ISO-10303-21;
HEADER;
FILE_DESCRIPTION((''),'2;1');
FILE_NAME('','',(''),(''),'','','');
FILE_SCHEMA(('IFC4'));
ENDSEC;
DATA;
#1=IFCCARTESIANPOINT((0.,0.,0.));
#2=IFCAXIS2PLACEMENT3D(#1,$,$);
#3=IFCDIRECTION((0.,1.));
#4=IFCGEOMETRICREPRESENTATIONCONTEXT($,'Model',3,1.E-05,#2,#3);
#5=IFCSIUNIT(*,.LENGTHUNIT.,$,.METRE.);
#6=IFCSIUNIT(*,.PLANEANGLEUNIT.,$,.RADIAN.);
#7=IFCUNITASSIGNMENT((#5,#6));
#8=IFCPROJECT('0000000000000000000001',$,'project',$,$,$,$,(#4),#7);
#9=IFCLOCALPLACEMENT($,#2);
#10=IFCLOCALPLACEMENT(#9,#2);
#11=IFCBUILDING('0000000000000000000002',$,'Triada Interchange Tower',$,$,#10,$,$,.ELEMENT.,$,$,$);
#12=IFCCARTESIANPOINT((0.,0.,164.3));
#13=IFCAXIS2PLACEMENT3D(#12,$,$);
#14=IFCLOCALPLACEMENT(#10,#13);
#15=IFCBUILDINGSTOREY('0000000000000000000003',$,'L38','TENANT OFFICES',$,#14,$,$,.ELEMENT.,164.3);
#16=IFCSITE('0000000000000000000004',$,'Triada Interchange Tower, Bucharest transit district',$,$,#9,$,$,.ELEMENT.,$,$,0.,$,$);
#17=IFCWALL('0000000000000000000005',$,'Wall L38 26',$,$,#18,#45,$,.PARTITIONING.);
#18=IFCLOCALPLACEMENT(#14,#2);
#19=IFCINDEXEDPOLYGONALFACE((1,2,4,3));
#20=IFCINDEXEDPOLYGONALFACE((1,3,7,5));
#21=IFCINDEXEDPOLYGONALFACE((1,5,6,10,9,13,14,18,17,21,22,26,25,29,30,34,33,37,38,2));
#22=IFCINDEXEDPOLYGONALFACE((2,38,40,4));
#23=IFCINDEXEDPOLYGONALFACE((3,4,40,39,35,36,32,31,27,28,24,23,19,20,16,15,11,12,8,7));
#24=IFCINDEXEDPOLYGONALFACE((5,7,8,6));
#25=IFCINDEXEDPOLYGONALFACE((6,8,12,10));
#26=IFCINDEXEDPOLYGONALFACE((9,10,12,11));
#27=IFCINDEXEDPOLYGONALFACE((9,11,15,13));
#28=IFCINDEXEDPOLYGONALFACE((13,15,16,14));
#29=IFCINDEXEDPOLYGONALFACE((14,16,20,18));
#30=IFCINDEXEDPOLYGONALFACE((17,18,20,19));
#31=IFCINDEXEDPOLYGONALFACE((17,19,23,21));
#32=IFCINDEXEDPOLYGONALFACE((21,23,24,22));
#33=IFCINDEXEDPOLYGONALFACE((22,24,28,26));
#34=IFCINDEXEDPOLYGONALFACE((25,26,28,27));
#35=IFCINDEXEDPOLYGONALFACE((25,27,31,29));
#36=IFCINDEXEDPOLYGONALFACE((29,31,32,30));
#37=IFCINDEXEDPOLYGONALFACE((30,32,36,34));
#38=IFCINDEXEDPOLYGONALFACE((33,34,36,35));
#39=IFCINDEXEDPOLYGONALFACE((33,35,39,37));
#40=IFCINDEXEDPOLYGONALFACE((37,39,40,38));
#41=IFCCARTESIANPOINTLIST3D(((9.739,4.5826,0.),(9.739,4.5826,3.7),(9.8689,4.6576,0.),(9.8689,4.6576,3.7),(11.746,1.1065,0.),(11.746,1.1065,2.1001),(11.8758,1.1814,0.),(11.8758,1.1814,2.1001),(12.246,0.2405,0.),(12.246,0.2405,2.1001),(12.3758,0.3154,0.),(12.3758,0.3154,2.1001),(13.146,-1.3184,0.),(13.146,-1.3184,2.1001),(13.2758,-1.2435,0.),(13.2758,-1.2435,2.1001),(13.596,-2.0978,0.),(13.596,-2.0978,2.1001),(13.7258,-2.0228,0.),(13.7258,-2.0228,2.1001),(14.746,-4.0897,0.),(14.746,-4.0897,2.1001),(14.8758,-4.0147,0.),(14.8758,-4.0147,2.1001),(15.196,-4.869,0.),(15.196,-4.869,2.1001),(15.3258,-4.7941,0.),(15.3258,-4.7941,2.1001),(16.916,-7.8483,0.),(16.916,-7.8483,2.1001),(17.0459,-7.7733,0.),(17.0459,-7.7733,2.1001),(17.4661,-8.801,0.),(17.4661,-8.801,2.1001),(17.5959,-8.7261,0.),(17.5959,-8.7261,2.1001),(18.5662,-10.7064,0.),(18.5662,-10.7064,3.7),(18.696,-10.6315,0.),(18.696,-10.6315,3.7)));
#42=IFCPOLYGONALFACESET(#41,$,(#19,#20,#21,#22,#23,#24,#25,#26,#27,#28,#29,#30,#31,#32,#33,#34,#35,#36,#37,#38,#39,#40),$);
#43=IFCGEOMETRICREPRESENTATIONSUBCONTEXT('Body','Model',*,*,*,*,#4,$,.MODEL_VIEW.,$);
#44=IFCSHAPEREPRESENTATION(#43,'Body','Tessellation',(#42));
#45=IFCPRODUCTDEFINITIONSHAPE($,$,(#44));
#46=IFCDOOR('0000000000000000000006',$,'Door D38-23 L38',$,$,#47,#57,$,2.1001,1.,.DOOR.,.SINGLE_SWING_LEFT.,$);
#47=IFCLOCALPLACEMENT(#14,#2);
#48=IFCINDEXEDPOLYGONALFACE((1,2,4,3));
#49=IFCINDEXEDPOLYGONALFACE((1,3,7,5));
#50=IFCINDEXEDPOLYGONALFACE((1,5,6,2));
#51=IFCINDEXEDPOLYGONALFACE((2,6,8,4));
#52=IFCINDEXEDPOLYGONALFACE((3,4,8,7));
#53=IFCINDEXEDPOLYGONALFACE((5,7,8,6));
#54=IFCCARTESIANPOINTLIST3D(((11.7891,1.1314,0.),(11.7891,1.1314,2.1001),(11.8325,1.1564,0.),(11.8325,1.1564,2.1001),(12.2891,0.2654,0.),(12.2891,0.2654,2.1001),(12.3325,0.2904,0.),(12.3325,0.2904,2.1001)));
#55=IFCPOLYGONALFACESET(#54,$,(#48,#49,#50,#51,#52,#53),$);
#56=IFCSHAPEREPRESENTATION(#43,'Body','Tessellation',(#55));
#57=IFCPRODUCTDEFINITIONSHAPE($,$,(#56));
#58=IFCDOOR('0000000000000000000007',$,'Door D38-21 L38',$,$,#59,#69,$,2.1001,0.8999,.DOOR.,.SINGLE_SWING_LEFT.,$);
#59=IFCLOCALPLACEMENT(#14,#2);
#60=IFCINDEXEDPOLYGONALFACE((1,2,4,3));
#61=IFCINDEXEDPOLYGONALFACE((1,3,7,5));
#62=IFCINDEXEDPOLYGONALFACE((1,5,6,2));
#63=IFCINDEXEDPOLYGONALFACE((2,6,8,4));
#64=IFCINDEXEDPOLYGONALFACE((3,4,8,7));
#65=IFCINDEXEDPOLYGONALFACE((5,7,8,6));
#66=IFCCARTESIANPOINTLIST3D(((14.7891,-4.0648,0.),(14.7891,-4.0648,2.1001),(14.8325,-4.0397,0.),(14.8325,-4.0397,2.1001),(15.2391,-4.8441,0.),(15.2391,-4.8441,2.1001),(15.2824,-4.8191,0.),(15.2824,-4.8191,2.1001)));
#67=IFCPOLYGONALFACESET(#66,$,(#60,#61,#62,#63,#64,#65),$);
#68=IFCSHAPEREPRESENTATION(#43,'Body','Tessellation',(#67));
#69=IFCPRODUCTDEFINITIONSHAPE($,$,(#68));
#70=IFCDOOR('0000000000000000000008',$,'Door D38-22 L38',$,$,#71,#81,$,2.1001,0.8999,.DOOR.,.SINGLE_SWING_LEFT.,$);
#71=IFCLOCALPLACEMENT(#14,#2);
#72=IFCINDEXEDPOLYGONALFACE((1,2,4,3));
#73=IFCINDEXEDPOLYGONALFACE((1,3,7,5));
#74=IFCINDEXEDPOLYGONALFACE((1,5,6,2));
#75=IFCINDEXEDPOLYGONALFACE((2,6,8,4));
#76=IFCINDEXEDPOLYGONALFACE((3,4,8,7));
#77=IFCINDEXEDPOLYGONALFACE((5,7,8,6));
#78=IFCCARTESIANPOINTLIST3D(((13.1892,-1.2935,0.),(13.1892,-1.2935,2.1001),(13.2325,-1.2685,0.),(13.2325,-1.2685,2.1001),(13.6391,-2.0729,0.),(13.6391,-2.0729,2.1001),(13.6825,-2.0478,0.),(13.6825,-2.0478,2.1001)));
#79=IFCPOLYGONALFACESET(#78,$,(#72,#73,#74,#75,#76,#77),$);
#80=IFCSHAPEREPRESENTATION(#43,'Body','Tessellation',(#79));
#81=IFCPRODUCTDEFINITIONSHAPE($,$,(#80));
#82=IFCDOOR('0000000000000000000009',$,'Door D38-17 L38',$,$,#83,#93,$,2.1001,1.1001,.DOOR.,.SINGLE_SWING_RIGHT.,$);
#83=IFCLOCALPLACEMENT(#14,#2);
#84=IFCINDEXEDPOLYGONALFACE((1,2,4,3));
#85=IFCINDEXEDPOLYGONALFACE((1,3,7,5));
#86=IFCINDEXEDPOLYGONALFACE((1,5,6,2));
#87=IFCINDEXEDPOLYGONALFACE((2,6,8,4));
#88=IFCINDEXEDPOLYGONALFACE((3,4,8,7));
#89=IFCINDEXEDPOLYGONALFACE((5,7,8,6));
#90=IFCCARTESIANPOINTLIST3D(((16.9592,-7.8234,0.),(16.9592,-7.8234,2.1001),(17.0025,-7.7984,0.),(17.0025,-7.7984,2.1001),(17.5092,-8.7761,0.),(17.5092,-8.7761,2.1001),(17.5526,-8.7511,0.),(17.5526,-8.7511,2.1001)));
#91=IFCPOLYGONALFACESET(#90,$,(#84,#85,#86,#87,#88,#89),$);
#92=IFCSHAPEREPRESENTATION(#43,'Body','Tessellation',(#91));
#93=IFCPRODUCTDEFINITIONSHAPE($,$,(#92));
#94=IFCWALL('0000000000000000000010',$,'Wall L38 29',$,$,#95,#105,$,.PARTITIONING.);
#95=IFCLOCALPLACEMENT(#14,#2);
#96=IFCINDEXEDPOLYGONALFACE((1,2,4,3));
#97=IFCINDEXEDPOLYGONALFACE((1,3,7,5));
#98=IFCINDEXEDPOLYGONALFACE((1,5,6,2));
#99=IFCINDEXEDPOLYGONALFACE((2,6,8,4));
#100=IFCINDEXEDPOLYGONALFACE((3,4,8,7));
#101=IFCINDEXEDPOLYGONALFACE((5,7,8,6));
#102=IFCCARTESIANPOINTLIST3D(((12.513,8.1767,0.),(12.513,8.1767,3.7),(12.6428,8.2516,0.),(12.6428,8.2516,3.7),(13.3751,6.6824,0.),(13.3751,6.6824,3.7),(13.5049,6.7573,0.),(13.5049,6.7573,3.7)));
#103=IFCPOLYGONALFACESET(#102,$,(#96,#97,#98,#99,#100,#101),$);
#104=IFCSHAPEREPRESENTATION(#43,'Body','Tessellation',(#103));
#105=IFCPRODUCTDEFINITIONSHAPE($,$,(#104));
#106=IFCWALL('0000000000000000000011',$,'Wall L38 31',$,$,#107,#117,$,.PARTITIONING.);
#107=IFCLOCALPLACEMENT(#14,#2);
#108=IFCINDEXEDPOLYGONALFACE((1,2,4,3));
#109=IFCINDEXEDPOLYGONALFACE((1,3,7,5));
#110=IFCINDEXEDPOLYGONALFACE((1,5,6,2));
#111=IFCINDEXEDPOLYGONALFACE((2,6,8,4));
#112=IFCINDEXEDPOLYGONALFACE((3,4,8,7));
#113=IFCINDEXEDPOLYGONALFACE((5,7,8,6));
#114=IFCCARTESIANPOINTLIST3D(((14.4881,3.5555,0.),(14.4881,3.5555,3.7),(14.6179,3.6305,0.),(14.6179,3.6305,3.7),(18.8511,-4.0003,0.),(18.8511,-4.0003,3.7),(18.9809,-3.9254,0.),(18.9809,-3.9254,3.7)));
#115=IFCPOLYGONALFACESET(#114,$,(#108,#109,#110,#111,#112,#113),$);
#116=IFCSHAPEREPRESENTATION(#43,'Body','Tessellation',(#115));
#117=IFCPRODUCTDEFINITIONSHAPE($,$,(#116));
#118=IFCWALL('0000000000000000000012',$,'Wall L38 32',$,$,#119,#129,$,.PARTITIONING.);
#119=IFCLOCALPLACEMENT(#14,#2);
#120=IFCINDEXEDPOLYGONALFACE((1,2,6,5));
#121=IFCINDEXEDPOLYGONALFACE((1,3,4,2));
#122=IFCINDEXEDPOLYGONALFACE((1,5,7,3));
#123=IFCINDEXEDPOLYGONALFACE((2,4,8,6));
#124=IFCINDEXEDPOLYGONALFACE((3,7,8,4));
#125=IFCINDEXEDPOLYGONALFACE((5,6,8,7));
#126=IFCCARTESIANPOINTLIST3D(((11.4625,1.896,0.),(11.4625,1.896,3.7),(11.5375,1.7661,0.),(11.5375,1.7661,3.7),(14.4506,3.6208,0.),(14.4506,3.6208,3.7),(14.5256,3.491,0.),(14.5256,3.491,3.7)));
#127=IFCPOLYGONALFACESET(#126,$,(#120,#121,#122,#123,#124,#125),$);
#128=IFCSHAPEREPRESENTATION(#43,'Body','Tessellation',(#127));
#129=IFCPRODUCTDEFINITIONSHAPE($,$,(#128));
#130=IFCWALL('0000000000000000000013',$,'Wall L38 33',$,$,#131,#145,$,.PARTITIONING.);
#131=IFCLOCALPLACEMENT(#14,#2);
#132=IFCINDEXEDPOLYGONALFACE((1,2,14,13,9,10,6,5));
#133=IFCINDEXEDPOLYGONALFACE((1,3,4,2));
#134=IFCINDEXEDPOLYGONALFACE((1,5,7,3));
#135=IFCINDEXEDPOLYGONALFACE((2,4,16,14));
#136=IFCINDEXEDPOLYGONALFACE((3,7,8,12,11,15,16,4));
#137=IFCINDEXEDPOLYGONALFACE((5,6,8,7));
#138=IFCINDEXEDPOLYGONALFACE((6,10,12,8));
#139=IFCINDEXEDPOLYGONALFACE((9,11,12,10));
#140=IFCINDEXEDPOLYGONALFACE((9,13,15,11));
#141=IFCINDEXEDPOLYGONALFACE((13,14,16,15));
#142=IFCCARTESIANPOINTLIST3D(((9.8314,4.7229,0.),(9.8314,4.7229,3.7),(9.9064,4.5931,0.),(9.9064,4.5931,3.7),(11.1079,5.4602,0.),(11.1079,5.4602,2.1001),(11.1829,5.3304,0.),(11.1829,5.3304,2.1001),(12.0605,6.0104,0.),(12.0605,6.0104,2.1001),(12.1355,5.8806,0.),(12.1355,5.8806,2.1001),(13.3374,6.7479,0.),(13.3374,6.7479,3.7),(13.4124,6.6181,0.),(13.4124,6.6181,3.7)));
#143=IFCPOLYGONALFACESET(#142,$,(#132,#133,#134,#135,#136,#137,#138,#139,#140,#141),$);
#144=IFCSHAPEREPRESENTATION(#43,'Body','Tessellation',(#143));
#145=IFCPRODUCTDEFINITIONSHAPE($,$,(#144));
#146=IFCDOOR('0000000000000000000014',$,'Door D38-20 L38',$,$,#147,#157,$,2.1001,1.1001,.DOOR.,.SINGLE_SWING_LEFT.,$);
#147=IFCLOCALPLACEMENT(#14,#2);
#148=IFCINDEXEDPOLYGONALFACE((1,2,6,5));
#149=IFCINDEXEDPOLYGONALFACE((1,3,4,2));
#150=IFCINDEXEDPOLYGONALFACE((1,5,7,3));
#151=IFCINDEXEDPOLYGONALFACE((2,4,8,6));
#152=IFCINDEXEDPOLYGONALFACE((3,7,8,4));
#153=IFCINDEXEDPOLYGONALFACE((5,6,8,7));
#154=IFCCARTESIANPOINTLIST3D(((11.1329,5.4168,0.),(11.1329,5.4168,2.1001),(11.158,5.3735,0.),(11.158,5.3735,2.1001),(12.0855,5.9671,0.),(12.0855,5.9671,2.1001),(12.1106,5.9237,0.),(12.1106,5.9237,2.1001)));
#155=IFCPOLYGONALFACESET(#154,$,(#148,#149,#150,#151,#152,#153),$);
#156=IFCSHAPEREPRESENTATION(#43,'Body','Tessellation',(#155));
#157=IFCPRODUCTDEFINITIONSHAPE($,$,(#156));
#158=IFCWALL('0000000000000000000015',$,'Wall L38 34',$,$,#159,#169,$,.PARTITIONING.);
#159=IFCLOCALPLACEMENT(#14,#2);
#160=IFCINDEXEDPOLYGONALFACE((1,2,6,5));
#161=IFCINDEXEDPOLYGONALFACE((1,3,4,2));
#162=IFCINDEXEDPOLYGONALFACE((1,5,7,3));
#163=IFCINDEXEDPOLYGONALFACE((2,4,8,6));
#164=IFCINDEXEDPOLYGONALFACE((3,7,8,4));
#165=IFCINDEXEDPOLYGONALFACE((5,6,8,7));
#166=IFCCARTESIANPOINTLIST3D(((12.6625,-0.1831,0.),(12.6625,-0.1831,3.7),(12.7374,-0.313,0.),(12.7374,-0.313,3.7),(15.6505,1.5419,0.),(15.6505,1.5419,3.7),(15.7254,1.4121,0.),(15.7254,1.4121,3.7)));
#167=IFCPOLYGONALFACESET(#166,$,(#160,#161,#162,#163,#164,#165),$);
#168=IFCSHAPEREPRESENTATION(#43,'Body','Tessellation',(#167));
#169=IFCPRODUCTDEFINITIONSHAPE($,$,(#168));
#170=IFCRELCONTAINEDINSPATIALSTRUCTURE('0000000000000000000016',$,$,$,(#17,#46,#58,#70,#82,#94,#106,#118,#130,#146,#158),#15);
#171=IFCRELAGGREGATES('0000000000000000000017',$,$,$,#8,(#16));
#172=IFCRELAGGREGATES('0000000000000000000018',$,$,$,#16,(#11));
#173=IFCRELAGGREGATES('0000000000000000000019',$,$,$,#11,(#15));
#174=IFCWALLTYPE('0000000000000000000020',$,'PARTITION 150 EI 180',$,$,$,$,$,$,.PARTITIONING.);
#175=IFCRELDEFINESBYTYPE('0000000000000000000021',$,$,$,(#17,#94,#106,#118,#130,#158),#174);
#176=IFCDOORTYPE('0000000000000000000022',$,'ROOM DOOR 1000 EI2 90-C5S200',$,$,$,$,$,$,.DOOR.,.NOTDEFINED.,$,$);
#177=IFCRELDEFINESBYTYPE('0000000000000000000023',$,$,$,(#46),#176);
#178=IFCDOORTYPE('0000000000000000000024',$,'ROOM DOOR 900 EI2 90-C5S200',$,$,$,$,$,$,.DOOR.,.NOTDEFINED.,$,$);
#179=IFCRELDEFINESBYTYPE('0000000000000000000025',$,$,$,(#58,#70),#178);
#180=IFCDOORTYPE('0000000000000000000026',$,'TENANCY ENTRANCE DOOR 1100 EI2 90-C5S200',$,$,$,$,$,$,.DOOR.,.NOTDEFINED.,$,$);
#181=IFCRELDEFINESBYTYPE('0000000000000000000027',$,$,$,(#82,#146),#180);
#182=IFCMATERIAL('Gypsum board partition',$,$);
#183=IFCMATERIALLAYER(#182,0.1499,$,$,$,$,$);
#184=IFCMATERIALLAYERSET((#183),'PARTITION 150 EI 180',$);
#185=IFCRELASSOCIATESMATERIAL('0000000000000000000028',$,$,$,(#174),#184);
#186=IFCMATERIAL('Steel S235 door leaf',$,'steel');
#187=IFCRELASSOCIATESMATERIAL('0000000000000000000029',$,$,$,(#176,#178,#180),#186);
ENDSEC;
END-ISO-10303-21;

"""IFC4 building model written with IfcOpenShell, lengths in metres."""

from ifc_helpers import new_model, si_unit, direction, frame, frame_2d, origin, place, context, subcontext, project, spatial, rectangle, extrude, material, layer, layer_set, type_object, element, fill, save


model = new_model("IFC4")

# Units and contexts
model_context = context("Model", 3, precision=1e-05, world=origin(), true_north=direction((0.0, 1.0)))
body_context = subcontext(model_context, "Body", "Model", "MODEL_VIEW")
ifc_project = project(units=[si_unit("LENGTHUNIT", "METRE"), si_unit("PLANEANGLEUNIT", "RADIAN")], contexts=[model_context])

# Site, building, storey
site_placement = place(None, origin())
site = spatial("IfcSite", under=ifc_project, at=site_placement, Name="Triada Interchange Tower, Bucharest transit district", CompositionType="ELEMENT", RefElevation=0.0)
building_placement = place(site_placement, origin())
building = spatial("IfcBuilding", under=site, at=building_placement, Name="Triada Interchange Tower", CompositionType="ELEMENT")
storey_placement = place(building_placement, frame((0.0, 0.0, 164.3)))
storey = spatial("IfcBuildingStorey", under=building, at=storey_placement, Name="L38", Description="TENANT OFFICES", CompositionType="ELEMENT", Elevation=164.3)

# Shared definitions
ifc_material_1 = material(Name="Gypsum board partition")
ifc_layer_1 = layer(ifc_material_1, 0.1499)
ifc_layer_set_1 = layer_set([ifc_layer_1], Name="PARTITION 150 EI 180")
wall_type = type_object("IfcWallType", Name="PARTITION 150 EI 180", PredefinedType="PARTITIONING", material=ifc_layer_set_1)

# Wall, openings, doors
wall_1_placement = place(storey_placement, frame((9.804, 4.6201, 0.0), z_axis=(0.0, 0.0, 1.0), x_axis=(0.5, -0.866025, 0.0)))
wall_1 = element("IfcWall", 1, at=wall_1_placement, inside=storey, type_object=wall_type, Name="Wall L38 26", PredefinedType="PARTITIONING", context=body_context, shape_type="SweptSolid", body=[
    extrude(rectangle(XDim=17.6543, YDim=0.1499, at=frame_2d((8.8271, 0.0))), origin(), (0.0, 0.0, 1.0), 3.7),
])
opening_1_placement = place(wall_1_placement, frame((14.354, 0.0, 0.0)))
opening_1 = element("IfcOpeningElement", 2, at=opening_1_placement, cuts=wall_1, PredefinedType="OPENING", context=body_context, shape_type="SweptSolid", body=[
    extrude(rectangle(XDim=1.1001, YDim=2.1001, at=frame_2d((0.55, 1.05))), frame((0.0, 0.085, 0.0), z_axis=(0.0, -1.0, 0.0), x_axis=(1.0, 0.0, 0.0)), (0.0, 0.0, 1.0), 0.1699),
])
opening_2_placement = place(wall_1_placement, frame((10.0139, 0.0, 0.0)))
opening_2 = element("IfcOpeningElement", 3, at=opening_2_placement, cuts=wall_1, PredefinedType="OPENING", context=body_context, shape_type="SweptSolid", body=[
    extrude(rectangle(XDim=0.8999, YDim=2.1001, at=frame_2d((0.45, 1.05))), frame((0.0, 0.085, 0.0), z_axis=(0.0, -1.0, 0.0), x_axis=(1.0, 0.0, 0.0)), (0.0, 0.0, 1.0), 0.1699),
])
opening_3_placement = place(wall_1_placement, frame((6.814, 0.0, 0.0)))
opening_3 = element("IfcOpeningElement", 4, at=opening_3_placement, cuts=wall_1, PredefinedType="OPENING", context=body_context, shape_type="SweptSolid", body=[
    extrude(rectangle(XDim=0.8999, YDim=2.1001, at=frame_2d((0.45, 1.05))), frame((0.0, 0.085, 0.0), z_axis=(0.0, -1.0, 0.0), x_axis=(1.0, 0.0, 0.0)), (0.0, 0.0, 1.0), 0.1699),
])
opening_4_placement = place(wall_1_placement, frame((4.0139, 0.0, 0.0)))
opening_4 = element("IfcOpeningElement", 5, at=opening_4_placement, cuts=wall_1, PredefinedType="OPENING", context=body_context, shape_type="SweptSolid", body=[
    extrude(rectangle(XDim=1.0, YDim=2.1001, at=frame_2d((0.5, 1.05))), frame((0.0, 0.085, 0.0), z_axis=(0.0, -1.0, 0.0), x_axis=(1.0, 0.0, 0.0)), (0.0, 0.0, 1.0), 0.1699),
])
ifc_material_2 = material(Name="Steel S235 door leaf", Category="steel")
door_type_1 = type_object("IfcDoorType", Name="ROOM DOOR 1000 EI2 90-C5S200", OperationType="NOTDEFINED", PredefinedType="DOOR", material=ifc_material_2)
door_1_placement = place(opening_4_placement, origin())
door_1 = element("IfcDoor", 6, at=door_1_placement, inside=storey, type_object=door_type_1, Name="Door D38-23 L38", OperationType="SINGLE_SWING_LEFT", OverallHeight=2.1001, OverallWidth=1.0, PredefinedType="DOOR", context=body_context, shape_type="SweptSolid", body=[
    extrude(rectangle(XDim=1.0, YDim=2.1001, at=frame_2d((0.5, 1.05))), frame((0.0, 0.0249, 0.0), z_axis=(0.0, -1.0, 0.0), x_axis=(1.0, 0.0, 0.0)), (0.0, 0.0, 1.0), 0.05),
])
fill(opening_4, door_1)
door_type_2 = type_object("IfcDoorType", Name="ROOM DOOR 900 EI2 90-C5S200", OperationType="NOTDEFINED", PredefinedType="DOOR", material=ifc_material_2)
door_2_placement = place(opening_2_placement, origin())
door_2 = element("IfcDoor", 7, at=door_2_placement, inside=storey, type_object=door_type_2, Name="Door D38-21 L38", OperationType="SINGLE_SWING_LEFT", OverallHeight=2.1001, OverallWidth=0.8999, PredefinedType="DOOR", context=body_context, shape_type="SweptSolid", body=[
    extrude(rectangle(XDim=0.8999, YDim=2.1001, at=frame_2d((0.45, 1.05))), frame((0.0, 0.0249, 0.0), z_axis=(0.0, -1.0, 0.0), x_axis=(1.0, 0.0, 0.0)), (0.0, 0.0, 1.0), 0.05),
])
fill(opening_2, door_2)
door_3_placement = place(opening_3_placement, origin())
door_3 = element("IfcDoor", 8, at=door_3_placement, inside=storey, type_object=door_type_2, Name="Door D38-22 L38", OperationType="SINGLE_SWING_LEFT", OverallHeight=2.1001, OverallWidth=0.8999, PredefinedType="DOOR", context=body_context, shape_type="SweptSolid", body=[
    extrude(rectangle(XDim=0.8999, YDim=2.1001, at=frame_2d((0.45, 1.05))), frame((0.0, 0.0249, 0.0), z_axis=(0.0, -1.0, 0.0), x_axis=(1.0, 0.0, 0.0)), (0.0, 0.0, 1.0), 0.05),
])
fill(opening_3, door_3)
door_type_3 = type_object("IfcDoorType", Name="TENANCY ENTRANCE DOOR 1100 EI2 90-C5S200", OperationType="NOTDEFINED", PredefinedType="DOOR", material=ifc_material_2)
door_4_placement = place(opening_1_placement, origin())
door_4 = element("IfcDoor", 9, at=door_4_placement, inside=storey, type_object=door_type_3, Name="Door D38-17 L38", OperationType="SINGLE_SWING_RIGHT", OverallHeight=2.1001, OverallWidth=1.1001, PredefinedType="DOOR", context=body_context, shape_type="SweptSolid", body=[
    extrude(rectangle(XDim=1.1001, YDim=2.1001, at=frame_2d((0.55, 1.05))), frame((0.0, 0.0249, 0.0), z_axis=(0.0, -1.0, 0.0), x_axis=(1.0, 0.0, 0.0)), (0.0, 0.0, 1.0), 0.05),
])
fill(opening_1, door_4)

# Walls
wall_2_placement = place(storey_placement, frame((12.5779, 8.2141, 0.0), z_axis=(0.0, 0.0, 1.0), x_axis=(0.499747, -0.866171, 0.0)))
element("IfcWall", 10, at=wall_2_placement, inside=storey, type_object=wall_type, Name="Wall L38 29", PredefinedType="PARTITIONING", context=body_context, shape_type="SweptSolid", body=[
    extrude(rectangle(XDim=1.7251, YDim=0.1499, at=frame_2d((0.8625, 0.0))), origin(), (0.0, 0.0, 1.0), 3.7),
])
wall_3_placement = place(storey_placement, frame((14.553, 3.593, 0.0), z_axis=(0.0, 0.0, 1.0), x_axis=(0.500054, -0.865994, 0.0)))
element("IfcWall", 11, at=wall_3_placement, inside=storey, type_object=wall_type, Name="Wall L38 31", PredefinedType="PARTITIONING", context=body_context, shape_type="SweptSolid", body=[
    extrude(rectangle(XDim=8.7251, YDim=0.1499, at=frame_2d((4.3625, 0.0))), origin(), (0.0, 0.0, 1.0), 3.7),
])
wall_4_placement = place(storey_placement, frame((11.5, 1.8311, 0.0), z_axis=(0.0, 0.0, 1.0), x_axis=(0.866062, 0.499937, 0.0)))
element("IfcWall", 12, at=wall_4_placement, inside=storey, type_object=wall_type, Name="Wall L38 32", PredefinedType="PARTITIONING", context=body_context, shape_type="SweptSolid", body=[
    extrude(rectangle(XDim=3.4502, YDim=0.1499, at=frame_2d((1.7251, 0.0))), origin(), (0.0, 0.0, 1.0), 3.7),
])

# Wall, opening, door
wall_5_placement = place(storey_placement, frame((9.8689, 4.658, 0.0), z_axis=(0.0, 0.0, 1.0), x_axis=(0.865929, 0.500166, 0.0)))
wall_5 = element("IfcWall", 13, at=wall_5_placement, inside=storey, type_object=wall_type, Name="Wall L38 33", PredefinedType="PARTITIONING", context=body_context, shape_type="SweptSolid", body=[
    extrude(rectangle(XDim=4.0488, YDim=0.1499, at=frame_2d((2.0244, 0.0))), origin(), (0.0, 0.0, 1.0), 3.7),
])
opening_5_placement = place(wall_5_placement, frame((1.4741, 0.0, 0.0)))
opening_5 = element("IfcOpeningElement", 14, at=opening_5_placement, cuts=wall_5, PredefinedType="OPENING", context=body_context, shape_type="SweptSolid", body=[
    extrude(rectangle(XDim=1.1001, YDim=2.1001, at=frame_2d((0.55, 1.05))), frame((0.0, 0.085, 0.0), z_axis=(0.0, -1.0, 0.0), x_axis=(1.0, 0.0, 0.0)), (0.0, 0.0, 1.0), 0.1699),
])
door_5_placement = place(opening_5_placement, origin())
door_5 = element("IfcDoor", 15, at=door_5_placement, inside=storey, type_object=door_type_3, Name="Door D38-20 L38", OperationType="SINGLE_SWING_LEFT", OverallHeight=2.1001, OverallWidth=1.1001, PredefinedType="DOOR", context=body_context, shape_type="SweptSolid", body=[
    extrude(rectangle(XDim=1.1001, YDim=2.1001, at=frame_2d((0.55, 1.05))), frame((0.0, 0.0249, 0.0), z_axis=(0.0, -1.0, 0.0), x_axis=(1.0, 0.0, 0.0)), (0.0, 0.0, 1.0), 0.05),
])
fill(opening_5, door_5)

# Wall
wall_6_placement = place(storey_placement, frame((12.7, -0.248, 0.0), z_axis=(0.0, 0.0, 1.0), x_axis=(0.866031, 0.49999, 0.0)))
element("IfcWall", 16, at=wall_6_placement, inside=storey, type_object=wall_type, Name="Wall L38 34", PredefinedType="PARTITIONING", context=body_context, shape_type="SweptSolid", body=[
    extrude(rectangle(XDim=3.4502, YDim=0.1499, at=frame_2d((1.7251, 0.0))), origin(), (0.0, 0.0, 1.0), 3.7),
])

save(model, "model.ifc")
